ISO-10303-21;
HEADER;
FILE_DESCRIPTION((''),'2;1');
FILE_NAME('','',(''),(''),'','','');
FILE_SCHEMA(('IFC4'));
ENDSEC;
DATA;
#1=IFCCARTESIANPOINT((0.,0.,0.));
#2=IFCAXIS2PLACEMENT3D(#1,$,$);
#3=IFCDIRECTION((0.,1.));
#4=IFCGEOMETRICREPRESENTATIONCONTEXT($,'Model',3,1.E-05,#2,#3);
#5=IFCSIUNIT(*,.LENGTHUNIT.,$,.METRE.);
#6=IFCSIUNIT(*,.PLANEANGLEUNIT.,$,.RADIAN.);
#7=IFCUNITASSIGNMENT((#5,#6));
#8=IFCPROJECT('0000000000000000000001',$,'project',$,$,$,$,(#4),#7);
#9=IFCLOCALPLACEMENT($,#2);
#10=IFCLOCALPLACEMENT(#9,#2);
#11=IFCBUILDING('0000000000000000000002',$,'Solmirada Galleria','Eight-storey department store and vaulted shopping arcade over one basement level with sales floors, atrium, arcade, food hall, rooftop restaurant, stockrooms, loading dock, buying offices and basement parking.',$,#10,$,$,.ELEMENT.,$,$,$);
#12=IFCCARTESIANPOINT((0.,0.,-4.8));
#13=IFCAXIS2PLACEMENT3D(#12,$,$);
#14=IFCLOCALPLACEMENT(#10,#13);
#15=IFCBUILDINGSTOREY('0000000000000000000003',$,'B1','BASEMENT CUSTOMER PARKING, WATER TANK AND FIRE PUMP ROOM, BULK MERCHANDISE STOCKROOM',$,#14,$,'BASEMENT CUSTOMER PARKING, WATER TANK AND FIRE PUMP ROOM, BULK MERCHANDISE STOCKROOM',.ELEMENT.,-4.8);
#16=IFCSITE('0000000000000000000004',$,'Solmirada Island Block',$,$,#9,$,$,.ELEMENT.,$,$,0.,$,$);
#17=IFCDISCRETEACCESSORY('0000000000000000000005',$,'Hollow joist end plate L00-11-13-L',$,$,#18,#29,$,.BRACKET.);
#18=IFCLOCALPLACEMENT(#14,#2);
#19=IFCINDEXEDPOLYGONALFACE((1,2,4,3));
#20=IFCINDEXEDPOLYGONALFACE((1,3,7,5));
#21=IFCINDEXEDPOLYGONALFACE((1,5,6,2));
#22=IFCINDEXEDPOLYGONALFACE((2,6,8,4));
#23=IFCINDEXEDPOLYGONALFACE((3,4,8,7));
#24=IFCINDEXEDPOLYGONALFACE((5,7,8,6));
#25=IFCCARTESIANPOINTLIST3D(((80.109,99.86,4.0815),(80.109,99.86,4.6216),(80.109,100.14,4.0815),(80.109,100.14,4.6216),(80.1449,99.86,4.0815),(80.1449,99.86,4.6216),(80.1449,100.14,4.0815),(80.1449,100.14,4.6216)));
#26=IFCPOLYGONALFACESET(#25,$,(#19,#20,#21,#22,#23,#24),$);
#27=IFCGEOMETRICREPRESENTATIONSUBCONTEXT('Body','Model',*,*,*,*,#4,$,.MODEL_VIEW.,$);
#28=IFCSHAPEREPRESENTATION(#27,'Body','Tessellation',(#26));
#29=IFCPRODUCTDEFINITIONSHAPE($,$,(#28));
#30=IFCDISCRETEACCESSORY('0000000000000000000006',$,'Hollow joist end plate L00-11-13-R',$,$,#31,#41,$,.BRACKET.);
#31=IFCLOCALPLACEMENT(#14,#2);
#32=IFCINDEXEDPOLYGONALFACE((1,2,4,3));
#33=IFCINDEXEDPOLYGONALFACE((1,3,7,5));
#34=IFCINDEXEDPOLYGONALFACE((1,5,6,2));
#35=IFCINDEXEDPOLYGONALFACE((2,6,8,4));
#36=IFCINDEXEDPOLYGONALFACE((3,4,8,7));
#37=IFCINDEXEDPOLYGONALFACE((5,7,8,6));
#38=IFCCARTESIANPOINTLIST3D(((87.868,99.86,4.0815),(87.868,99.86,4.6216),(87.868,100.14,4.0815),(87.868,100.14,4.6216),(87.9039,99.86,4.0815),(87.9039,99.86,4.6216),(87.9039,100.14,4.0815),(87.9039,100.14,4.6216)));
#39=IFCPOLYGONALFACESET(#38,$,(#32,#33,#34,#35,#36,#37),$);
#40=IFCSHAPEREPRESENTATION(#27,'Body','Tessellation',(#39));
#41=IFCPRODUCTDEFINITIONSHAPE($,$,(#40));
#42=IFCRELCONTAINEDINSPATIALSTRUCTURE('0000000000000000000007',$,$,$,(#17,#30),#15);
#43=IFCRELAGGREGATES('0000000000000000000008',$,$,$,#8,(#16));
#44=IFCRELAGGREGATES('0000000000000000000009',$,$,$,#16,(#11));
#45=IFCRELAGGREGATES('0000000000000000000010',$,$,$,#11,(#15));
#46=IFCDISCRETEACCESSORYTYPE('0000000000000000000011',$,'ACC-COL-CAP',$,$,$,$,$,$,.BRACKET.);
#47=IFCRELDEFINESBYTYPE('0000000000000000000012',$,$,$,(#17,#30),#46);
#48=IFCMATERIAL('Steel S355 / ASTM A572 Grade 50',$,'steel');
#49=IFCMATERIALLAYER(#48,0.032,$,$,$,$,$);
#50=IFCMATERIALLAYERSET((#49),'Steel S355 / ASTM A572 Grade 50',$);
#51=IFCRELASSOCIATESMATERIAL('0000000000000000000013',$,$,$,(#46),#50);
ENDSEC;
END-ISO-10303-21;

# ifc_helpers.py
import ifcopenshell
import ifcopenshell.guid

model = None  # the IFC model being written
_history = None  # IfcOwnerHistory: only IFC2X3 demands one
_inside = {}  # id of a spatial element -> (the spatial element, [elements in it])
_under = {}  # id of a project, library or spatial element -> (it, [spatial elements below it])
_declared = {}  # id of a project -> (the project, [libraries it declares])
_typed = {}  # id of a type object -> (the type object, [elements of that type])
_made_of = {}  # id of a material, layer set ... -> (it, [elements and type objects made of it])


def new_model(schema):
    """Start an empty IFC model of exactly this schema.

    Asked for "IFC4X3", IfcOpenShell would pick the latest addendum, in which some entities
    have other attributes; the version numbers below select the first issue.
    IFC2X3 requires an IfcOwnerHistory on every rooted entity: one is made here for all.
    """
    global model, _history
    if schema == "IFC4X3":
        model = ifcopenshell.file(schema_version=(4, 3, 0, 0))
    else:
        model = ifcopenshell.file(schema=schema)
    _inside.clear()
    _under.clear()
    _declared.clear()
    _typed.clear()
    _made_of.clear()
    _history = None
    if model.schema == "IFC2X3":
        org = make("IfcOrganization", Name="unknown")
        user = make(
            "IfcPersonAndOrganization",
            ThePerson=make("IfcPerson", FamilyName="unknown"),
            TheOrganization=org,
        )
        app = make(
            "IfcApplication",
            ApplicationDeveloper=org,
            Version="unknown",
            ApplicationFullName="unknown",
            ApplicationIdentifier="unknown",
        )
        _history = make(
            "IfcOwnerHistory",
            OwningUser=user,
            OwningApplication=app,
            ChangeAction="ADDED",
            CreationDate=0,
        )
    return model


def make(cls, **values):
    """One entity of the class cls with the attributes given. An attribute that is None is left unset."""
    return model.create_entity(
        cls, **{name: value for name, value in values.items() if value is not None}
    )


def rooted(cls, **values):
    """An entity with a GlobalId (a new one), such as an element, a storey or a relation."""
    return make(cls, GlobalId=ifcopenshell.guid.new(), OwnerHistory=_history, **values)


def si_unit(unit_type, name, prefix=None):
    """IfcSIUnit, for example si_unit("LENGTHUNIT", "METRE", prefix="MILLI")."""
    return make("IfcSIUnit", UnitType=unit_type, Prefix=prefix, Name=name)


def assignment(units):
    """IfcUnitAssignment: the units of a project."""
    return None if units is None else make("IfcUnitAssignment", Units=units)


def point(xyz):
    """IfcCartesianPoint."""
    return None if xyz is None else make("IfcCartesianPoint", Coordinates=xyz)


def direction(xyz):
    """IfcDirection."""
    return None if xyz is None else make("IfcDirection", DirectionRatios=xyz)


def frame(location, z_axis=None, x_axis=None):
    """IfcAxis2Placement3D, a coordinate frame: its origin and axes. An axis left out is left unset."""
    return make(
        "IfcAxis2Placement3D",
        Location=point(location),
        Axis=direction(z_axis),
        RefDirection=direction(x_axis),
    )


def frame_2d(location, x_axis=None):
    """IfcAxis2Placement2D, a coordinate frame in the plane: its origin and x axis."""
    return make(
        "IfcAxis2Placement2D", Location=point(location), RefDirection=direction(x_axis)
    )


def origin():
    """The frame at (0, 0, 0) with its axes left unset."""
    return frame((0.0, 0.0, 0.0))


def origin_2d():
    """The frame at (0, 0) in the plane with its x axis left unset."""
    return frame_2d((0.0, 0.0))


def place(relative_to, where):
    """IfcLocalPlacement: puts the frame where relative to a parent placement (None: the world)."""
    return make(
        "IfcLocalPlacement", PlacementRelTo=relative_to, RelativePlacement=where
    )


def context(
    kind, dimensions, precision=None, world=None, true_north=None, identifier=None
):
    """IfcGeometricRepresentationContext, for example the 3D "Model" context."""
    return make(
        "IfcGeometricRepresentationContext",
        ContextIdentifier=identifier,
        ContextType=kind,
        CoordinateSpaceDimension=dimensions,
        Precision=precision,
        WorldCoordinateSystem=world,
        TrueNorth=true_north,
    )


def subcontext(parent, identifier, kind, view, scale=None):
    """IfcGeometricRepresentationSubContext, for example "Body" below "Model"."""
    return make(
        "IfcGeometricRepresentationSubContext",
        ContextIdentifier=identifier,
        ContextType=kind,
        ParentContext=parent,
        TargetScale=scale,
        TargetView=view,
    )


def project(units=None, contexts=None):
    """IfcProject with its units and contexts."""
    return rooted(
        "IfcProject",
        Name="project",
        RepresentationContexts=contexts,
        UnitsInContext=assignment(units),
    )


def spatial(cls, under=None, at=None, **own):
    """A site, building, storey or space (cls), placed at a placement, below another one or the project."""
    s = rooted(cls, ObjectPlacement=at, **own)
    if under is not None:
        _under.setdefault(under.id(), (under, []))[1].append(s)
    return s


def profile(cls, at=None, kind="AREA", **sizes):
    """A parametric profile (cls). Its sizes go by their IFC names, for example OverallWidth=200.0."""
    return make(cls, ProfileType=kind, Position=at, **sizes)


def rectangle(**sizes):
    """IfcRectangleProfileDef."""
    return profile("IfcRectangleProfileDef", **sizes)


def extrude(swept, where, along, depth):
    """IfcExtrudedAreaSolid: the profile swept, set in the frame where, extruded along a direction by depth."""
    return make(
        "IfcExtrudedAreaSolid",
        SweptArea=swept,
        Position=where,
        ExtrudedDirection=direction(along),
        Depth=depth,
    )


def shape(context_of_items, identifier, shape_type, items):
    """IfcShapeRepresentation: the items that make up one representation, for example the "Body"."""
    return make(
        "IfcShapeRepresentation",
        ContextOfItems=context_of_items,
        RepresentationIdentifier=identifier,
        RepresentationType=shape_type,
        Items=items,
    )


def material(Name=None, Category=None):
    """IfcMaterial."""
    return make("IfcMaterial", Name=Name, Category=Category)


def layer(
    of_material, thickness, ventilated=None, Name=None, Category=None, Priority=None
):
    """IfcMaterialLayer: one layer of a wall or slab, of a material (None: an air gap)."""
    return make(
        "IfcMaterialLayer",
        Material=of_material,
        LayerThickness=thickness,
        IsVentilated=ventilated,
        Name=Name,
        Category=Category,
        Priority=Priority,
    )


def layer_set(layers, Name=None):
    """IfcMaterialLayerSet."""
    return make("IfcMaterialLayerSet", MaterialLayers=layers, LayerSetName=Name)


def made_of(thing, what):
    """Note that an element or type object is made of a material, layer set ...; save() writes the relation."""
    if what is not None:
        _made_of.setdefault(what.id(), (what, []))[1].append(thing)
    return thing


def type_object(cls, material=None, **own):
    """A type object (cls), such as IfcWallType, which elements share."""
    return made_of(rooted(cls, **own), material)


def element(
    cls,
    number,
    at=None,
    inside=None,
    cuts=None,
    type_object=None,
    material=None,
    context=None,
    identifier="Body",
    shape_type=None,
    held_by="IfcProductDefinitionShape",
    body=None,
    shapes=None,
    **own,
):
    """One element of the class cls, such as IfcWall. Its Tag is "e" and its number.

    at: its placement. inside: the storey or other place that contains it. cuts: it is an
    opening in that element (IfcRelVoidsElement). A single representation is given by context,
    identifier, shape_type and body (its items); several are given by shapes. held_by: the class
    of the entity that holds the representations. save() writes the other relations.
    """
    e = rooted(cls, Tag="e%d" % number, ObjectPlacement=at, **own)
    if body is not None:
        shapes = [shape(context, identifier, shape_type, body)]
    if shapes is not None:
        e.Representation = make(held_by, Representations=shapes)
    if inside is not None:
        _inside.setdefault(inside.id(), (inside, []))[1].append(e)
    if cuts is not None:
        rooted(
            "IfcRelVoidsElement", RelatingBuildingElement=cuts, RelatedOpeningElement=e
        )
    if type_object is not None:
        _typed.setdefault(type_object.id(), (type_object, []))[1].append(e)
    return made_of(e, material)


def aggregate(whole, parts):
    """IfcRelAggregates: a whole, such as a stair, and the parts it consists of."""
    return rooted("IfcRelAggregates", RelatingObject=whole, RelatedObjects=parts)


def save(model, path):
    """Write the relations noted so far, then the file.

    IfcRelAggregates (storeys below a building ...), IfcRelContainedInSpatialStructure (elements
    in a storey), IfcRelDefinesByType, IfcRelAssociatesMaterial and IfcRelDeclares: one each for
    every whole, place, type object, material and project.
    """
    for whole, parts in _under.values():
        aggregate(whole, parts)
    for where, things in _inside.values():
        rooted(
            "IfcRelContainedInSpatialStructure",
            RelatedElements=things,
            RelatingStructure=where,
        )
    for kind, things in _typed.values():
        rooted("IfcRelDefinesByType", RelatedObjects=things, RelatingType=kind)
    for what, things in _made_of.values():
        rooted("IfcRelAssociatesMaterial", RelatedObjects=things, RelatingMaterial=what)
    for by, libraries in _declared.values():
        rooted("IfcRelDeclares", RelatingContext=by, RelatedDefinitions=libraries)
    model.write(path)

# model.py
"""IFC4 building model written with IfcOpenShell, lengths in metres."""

from ifc_helpers import new_model, si_unit, direction, frame, origin, origin_2d, place, context, subcontext, project, spatial, rectangle, extrude, material, layer, layer_set, type_object, element, save


model = new_model("IFC4")

# Units and contexts
model_context = context("Model", 3, precision=1e-05, world=origin(), true_north=direction((0.0, 1.0)))
body_context = subcontext(model_context, "Body", "Model", "MODEL_VIEW")
ifc_project = project(units=[si_unit("LENGTHUNIT", "METRE"), si_unit("PLANEANGLEUNIT", "RADIAN")], contexts=[model_context])

# Site, building, storey
site_placement = place(None, origin())
site = spatial("IfcSite", under=ifc_project, at=site_placement, Name="Solmirada Island Block", CompositionType="ELEMENT", RefElevation=0.0)
building_placement = place(site_placement, origin())
building = spatial("IfcBuilding", under=site, at=building_placement, Name="Solmirada Galleria", Description="Eight-storey department store and vaulted shopping arcade over one basement level with sales floors, atrium, arcade, food hall, rooftop restaurant, stockrooms, loading dock, buying offices and basement parking.", CompositionType="ELEMENT")
storey_placement = place(building_placement, frame((0.0, 0.0, -4.8)))
storey = spatial("IfcBuildingStorey", under=building, at=storey_placement, Name="B1", Description="BASEMENT CUSTOMER PARKING, WATER TANK AND FIRE PUMP ROOM, BULK MERCHANDISE STOCKROOM", LongName="BASEMENT CUSTOMER PARKING, WATER TANK AND FIRE PUMP ROOM, BULK MERCHANDISE STOCKROOM", CompositionType="ELEMENT", Elevation=-4.8)

# Discrete accessories
ifc_material_1 = material(Name="Steel S355 / ASTM A572 Grade 50", Category="steel")
ifc_layer = layer(ifc_material_1, 0.032)
ifc_layer_set = layer_set([ifc_layer], Name="Steel S355 / ASTM A572 Grade 50")
discrete_accessory_type_1 = type_object("IfcDiscreteAccessoryType", Name="ACC-COL-CAP", PredefinedType="BRACKET", material=ifc_layer_set)
for number, where, z_axis, x_axis, name in (
    (1, (80.127, 100.0, 4.0815), (0.0, 0.0, 1.0), (1.0, 0.0, 0.0), "Hollow joist end plate L00-11-13-L"),
    (2, (87.886, 100.0, 4.0815), (0.0, 0.0, 1.0), (1.0, 0.0, 0.0), "Hollow joist end plate L00-11-13-R"),
):
    element("IfcDiscreteAccessory", number, at=place(storey_placement, frame(where, z_axis=z_axis, x_axis=x_axis)), inside=storey, type_object=discrete_accessory_type_1, Name=name, PredefinedType="BRACKET", context=body_context, shape_type="SweptSolid", body=[
        extrude(rectangle(XDim=0.0359, YDim=0.28, at=origin_2d()), origin(), (0.0, 0.0, 1.0), 0.54),
    ])

save(model, "model.ifc")
